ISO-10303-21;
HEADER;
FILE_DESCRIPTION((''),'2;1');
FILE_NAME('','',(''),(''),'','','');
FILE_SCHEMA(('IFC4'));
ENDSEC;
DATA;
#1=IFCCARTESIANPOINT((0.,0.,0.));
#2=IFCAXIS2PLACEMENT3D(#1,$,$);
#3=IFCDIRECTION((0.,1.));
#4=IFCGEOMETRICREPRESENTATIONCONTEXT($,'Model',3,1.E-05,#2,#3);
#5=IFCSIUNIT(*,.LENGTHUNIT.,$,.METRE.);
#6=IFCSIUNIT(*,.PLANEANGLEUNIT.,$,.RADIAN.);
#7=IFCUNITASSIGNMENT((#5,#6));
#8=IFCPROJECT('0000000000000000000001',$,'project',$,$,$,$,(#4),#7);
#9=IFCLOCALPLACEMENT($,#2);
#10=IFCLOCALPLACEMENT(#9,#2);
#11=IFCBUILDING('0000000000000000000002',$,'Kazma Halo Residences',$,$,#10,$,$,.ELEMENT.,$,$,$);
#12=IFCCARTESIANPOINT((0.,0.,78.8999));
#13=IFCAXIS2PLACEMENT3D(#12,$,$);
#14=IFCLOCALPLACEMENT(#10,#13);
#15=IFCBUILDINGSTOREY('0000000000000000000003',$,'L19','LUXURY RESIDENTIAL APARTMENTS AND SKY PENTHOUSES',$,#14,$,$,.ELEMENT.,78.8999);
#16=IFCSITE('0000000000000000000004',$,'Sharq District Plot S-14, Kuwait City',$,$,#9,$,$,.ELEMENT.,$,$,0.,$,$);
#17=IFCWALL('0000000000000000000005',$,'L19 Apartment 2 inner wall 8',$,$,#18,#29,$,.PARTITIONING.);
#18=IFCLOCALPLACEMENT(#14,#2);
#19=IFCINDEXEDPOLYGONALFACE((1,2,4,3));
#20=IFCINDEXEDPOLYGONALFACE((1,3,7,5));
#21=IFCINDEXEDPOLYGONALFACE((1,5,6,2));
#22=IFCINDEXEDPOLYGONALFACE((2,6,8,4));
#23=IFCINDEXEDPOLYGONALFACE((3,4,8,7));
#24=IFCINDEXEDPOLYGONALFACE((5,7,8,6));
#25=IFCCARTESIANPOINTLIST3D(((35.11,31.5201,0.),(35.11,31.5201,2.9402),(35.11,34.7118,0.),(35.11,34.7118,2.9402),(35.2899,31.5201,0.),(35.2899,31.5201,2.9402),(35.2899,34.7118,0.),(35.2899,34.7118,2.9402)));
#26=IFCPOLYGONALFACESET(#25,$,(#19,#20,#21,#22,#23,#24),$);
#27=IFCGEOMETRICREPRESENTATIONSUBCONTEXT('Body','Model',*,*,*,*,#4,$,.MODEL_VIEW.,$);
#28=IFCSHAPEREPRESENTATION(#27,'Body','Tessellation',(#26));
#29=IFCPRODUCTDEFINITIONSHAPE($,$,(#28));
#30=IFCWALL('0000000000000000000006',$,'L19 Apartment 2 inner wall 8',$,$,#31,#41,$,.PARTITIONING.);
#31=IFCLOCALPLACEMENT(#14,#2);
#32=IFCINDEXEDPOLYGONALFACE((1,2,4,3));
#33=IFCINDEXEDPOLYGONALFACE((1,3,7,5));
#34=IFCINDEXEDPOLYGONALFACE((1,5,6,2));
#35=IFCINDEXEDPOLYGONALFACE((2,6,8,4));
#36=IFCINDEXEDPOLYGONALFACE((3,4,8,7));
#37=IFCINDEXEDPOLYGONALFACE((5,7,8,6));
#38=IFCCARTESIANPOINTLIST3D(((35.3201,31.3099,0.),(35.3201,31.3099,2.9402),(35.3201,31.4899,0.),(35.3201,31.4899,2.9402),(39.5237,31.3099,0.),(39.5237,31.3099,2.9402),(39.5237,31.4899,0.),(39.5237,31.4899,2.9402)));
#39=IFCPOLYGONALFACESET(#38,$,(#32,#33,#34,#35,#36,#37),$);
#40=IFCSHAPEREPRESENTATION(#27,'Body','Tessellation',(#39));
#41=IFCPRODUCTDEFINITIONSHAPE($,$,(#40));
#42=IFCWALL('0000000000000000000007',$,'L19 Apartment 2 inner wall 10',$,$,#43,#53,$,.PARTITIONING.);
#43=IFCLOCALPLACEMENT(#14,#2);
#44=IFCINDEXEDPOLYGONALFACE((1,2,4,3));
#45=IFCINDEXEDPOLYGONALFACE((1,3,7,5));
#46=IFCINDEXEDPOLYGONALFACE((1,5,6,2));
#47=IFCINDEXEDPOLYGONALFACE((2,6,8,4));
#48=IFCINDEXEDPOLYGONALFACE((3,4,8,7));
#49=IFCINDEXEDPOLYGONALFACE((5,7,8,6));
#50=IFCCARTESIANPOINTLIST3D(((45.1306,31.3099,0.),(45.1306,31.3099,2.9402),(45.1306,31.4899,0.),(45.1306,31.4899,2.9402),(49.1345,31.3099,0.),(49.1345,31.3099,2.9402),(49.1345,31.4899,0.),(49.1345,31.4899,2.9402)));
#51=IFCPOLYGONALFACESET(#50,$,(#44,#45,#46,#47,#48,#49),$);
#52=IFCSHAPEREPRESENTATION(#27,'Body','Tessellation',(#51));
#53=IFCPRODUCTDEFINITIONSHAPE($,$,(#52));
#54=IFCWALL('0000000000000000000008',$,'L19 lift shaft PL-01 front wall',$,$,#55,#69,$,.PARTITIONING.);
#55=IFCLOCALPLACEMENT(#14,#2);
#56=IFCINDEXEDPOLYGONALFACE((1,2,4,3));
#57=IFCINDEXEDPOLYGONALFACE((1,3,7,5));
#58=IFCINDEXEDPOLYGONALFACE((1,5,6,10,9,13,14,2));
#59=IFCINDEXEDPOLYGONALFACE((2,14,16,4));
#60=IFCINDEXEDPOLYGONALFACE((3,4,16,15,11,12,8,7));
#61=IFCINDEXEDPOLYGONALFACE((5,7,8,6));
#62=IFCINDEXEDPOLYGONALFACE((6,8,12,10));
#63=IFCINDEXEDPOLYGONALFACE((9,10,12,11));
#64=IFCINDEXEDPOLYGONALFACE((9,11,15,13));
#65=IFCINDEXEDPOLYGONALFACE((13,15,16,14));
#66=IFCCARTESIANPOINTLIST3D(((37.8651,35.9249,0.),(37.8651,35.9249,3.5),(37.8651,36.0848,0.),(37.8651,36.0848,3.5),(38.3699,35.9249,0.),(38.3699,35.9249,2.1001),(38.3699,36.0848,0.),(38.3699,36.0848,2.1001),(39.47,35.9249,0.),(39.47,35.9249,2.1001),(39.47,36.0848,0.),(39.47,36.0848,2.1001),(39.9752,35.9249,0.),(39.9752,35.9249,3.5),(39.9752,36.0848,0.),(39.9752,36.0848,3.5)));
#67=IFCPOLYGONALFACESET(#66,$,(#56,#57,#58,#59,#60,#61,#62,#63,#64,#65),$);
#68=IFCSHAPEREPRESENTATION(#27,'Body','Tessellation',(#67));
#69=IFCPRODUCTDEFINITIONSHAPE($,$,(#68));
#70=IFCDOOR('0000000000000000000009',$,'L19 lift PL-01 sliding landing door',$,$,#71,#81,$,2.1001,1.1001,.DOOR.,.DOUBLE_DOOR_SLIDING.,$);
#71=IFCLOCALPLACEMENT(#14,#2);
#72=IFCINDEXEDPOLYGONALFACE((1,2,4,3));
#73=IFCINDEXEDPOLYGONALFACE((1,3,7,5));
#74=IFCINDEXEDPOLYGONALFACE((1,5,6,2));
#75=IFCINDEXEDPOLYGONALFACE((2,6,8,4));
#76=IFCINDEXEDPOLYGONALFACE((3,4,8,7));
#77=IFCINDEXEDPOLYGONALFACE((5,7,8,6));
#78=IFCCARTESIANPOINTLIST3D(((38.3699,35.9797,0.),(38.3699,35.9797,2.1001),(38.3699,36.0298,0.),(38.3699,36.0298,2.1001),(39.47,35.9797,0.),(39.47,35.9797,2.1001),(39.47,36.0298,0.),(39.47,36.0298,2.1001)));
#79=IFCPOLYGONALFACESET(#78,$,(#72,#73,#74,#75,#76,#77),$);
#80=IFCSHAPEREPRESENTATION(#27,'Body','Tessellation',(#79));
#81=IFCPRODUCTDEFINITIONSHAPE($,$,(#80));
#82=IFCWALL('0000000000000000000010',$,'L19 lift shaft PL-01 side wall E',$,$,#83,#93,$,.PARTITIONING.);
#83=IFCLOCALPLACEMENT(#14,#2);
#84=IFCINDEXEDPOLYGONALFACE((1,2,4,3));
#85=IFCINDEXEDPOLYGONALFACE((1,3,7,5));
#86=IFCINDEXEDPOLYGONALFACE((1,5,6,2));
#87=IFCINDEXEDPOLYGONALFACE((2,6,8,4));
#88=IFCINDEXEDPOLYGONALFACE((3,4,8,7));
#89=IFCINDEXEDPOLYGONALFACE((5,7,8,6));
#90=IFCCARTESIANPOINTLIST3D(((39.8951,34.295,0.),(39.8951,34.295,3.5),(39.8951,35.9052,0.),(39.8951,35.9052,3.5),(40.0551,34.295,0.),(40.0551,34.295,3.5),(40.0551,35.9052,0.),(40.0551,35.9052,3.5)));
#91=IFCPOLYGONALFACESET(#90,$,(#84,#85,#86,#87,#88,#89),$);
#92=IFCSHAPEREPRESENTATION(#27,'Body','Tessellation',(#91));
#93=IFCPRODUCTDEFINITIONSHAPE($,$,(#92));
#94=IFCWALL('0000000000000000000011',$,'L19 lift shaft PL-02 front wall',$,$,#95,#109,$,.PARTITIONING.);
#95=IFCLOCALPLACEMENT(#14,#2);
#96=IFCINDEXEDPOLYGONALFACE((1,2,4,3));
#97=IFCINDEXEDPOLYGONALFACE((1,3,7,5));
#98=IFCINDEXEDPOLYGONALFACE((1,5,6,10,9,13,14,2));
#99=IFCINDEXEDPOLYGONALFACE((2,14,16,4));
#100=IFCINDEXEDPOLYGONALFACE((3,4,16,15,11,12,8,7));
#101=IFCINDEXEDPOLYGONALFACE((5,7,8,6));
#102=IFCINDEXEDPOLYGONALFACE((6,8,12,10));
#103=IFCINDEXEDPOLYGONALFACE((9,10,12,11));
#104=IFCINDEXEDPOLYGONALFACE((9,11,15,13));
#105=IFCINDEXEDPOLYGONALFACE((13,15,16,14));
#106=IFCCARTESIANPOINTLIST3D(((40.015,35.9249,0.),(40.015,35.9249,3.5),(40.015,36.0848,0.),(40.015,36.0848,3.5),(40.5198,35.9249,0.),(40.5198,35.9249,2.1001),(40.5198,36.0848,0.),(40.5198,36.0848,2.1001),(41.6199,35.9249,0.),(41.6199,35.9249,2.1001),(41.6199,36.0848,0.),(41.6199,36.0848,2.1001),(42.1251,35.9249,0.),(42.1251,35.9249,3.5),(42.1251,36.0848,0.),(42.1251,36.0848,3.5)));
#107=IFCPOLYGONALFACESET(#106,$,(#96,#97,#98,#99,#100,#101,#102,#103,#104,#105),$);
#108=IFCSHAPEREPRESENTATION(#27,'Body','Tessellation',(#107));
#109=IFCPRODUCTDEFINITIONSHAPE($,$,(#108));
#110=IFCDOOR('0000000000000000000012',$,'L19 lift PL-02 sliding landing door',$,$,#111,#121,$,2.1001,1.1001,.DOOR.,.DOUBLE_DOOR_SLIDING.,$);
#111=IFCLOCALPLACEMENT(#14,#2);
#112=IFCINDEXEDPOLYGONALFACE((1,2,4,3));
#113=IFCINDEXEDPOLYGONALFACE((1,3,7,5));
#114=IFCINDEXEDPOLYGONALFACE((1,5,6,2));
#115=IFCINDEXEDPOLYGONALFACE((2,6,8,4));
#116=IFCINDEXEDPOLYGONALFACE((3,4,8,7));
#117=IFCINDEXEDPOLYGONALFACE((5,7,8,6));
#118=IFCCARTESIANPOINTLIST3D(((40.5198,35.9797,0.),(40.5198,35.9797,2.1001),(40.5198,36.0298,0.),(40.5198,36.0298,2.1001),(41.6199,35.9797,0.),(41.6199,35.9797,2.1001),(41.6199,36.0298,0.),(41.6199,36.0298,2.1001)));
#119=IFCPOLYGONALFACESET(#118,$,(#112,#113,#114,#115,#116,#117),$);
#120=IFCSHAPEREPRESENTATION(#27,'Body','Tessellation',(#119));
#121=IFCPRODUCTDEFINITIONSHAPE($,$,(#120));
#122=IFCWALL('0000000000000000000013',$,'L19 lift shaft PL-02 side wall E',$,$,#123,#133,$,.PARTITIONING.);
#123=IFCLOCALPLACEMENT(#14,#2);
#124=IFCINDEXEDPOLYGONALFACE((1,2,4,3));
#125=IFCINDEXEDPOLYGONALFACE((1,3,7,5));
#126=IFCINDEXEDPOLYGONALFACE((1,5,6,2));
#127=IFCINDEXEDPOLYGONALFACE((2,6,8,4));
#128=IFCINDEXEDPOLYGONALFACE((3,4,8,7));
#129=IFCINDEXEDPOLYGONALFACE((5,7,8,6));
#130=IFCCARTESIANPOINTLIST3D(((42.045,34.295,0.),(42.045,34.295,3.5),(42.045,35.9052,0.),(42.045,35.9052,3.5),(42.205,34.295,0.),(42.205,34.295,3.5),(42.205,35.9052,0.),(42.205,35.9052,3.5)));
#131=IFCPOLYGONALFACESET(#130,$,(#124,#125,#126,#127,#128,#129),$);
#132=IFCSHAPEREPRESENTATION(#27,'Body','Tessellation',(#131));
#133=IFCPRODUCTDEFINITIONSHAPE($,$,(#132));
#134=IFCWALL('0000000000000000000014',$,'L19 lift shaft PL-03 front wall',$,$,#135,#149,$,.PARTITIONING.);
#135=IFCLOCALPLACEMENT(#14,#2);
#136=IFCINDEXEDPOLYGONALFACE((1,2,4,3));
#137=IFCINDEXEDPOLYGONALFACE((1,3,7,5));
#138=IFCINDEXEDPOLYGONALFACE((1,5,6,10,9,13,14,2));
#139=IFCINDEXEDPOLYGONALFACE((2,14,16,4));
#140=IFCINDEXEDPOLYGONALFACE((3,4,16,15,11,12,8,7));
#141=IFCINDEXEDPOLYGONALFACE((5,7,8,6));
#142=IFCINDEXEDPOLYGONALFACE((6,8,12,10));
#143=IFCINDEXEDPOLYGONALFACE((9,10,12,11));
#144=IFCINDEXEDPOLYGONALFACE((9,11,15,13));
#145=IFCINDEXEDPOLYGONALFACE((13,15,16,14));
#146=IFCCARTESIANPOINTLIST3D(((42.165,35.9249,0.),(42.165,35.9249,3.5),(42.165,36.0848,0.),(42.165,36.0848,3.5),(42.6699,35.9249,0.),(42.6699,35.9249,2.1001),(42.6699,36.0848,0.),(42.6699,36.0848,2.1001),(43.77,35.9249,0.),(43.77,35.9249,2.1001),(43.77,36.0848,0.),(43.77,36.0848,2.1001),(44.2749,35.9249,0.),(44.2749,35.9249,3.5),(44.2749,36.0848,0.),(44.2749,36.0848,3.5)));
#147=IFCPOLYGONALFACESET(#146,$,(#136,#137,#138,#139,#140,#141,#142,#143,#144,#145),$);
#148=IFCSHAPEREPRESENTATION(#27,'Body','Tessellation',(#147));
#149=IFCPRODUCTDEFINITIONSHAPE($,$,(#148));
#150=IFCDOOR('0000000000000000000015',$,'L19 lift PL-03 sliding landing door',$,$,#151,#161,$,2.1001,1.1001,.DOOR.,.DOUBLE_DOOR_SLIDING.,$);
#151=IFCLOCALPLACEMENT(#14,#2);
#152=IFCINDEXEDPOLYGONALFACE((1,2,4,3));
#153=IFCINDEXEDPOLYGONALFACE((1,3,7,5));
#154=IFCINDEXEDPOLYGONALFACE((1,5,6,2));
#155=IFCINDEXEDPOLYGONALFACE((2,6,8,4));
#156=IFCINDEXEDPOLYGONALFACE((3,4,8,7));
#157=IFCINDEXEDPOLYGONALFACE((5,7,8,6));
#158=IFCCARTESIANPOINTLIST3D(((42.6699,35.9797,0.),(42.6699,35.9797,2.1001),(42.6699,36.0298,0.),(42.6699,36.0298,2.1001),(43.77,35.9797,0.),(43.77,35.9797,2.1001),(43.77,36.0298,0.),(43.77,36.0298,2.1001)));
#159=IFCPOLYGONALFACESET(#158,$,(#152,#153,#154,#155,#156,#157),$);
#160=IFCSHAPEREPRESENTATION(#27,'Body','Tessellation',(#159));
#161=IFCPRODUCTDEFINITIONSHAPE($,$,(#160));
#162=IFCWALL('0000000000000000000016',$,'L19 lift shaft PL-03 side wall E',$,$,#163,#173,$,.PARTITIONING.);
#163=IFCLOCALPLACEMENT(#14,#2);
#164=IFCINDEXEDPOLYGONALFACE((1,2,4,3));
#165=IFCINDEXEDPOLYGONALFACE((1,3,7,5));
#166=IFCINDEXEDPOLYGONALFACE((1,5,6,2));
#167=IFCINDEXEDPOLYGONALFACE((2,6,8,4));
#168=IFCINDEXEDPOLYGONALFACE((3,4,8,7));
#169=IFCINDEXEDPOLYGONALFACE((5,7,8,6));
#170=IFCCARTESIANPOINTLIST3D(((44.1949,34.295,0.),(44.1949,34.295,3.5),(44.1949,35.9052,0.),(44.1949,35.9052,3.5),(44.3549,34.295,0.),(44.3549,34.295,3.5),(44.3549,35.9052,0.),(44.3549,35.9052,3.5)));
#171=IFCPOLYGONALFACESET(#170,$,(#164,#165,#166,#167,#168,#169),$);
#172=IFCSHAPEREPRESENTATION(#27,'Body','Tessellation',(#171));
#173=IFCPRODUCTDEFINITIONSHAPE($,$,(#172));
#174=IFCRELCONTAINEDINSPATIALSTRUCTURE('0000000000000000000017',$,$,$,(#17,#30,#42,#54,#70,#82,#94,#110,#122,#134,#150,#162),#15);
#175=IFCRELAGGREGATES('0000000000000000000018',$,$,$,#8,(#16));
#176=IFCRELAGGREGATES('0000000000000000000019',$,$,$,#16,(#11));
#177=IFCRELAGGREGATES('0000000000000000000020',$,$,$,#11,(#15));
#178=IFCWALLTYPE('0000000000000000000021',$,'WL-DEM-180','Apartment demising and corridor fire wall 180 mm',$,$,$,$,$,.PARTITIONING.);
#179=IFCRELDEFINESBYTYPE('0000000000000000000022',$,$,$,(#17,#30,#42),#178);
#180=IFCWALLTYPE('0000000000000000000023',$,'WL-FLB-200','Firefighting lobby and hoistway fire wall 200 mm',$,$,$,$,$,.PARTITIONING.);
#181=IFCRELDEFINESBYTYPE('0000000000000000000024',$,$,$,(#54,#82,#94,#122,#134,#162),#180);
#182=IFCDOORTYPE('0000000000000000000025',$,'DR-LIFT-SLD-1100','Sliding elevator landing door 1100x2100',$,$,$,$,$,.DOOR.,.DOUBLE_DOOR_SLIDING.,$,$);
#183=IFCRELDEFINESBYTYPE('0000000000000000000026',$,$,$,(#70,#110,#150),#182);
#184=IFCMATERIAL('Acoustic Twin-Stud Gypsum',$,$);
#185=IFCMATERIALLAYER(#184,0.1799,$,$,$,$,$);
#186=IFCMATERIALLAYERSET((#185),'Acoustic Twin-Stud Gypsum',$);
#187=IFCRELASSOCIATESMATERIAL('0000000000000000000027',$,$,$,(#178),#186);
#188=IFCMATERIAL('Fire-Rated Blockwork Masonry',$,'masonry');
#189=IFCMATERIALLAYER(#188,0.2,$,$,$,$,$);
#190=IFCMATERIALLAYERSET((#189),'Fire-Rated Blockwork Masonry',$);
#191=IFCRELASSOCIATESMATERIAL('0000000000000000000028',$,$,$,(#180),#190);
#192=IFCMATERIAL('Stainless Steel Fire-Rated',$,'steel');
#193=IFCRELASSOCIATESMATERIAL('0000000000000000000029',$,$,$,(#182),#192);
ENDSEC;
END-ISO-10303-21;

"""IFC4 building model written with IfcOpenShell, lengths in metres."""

from ifc_helpers import new_model, si_unit, direction, frame, frame_2d, origin, place, context, subcontext, project, spatial, rectangle, extrude, material, layer, layer_set, type_object, element, fill, save


model = new_model("IFC4")

# Units and contexts
model_context = context("Model", 3, precision=1e-05, world=origin(), true_north=direction((0.0, 1.0)))
body_context = subcontext(model_context, "Body", "Model", "MODEL_VIEW")
ifc_project = project(units=[si_unit("LENGTHUNIT", "METRE"), si_unit("PLANEANGLEUNIT", "RADIAN")], contexts=[model_context])

# Site, building, storey
site_placement = place(None, origin())
site = spatial("IfcSite", under=ifc_project, at=site_placement, Name="Sharq District Plot S-14, Kuwait City", CompositionType="ELEMENT", RefElevation=0.0)
building_placement = place(site_placement, origin())
building = spatial("IfcBuilding", under=site, at=building_placement, Name="Kazma Halo Residences", CompositionType="ELEMENT")
storey_placement = place(building_placement, frame((0.0, 0.0, 78.8999)))
storey = spatial("IfcBuildingStorey", under=building, at=storey_placement, Name="L19", Description="LUXURY RESIDENTIAL APARTMENTS AND SKY PENTHOUSES", CompositionType="ELEMENT", Elevation=78.8999)

# Shared definitions
ifc_material_1 = material(Name="Acoustic Twin-Stud Gypsum")
ifc_layer_1 = layer(ifc_material_1, 0.1799)
ifc_layer_set_1 = layer_set([ifc_layer_1], Name="Acoustic Twin-Stud Gypsum")
wall_type_1 = type_object("IfcWallType", Name="WL-DEM-180", Description="Apartment demising and corridor fire wall 180 mm", PredefinedType="PARTITIONING", material=ifc_layer_set_1)

# Walls
wall_1_placement = place(storey_placement, frame((35.2, 34.7117, 0.0), z_axis=(0.0, 0.0, 1.0), x_axis=(0.0, -1.0, 0.0)))
element("IfcWall", 1, at=wall_1_placement, inside=storey, type_object=wall_type_1, Name="L19 Apartment 2 inner wall 8", PredefinedType="PARTITIONING", context=body_context, shape_type="SweptSolid", body=[
    extrude(rectangle(XDim=3.1917, YDim=0.1799, at=frame_2d((1.5957, 0.0))), origin(), (0.0, 0.0, 1.0), 2.9402),
])
wall_2_placement = place(storey_placement, frame((35.3201, 31.3999, 0.0), z_axis=(0.0, 0.0, 1.0), x_axis=(1.0, 0.0, 0.0)))
element("IfcWall", 2, at=wall_2_placement, inside=storey, type_object=wall_type_1, Name="L19 Apartment 2 inner wall 8", PredefinedType="PARTITIONING", context=body_context, shape_type="SweptSolid", body=[
    extrude(rectangle(XDim=4.2036, YDim=0.1799, at=frame_2d((2.1018, 0.0))), origin(), (0.0, 0.0, 1.0), 2.9402),
])
wall_3_placement = place(storey_placement, frame((45.1306, 31.3999, 0.0), z_axis=(0.0, 0.0, 1.0), x_axis=(1.0, 0.0, 0.0)))
element("IfcWall", 3, at=wall_3_placement, inside=storey, type_object=wall_type_1, Name="L19 Apartment 2 inner wall 10", PredefinedType="PARTITIONING", context=body_context, shape_type="SweptSolid", body=[
    extrude(rectangle(XDim=4.0039, YDim=0.1799, at=frame_2d((2.002, 0.0))), origin(), (0.0, 0.0, 1.0), 2.9402),
])

# Wall, opening, door
ifc_material_2 = material(Name="Fire-Rated Blockwork Masonry", Category="masonry")
ifc_layer_2 = layer(ifc_material_2, 0.2)
ifc_layer_set_2 = layer_set([ifc_layer_2], Name="Fire-Rated Blockwork Masonry")
wall_type_2 = type_object("IfcWallType", Name="WL-FLB-200", Description="Firefighting lobby and hoistway fire wall 200 mm", PredefinedType="PARTITIONING", material=ifc_layer_set_2)
wall_4_placement = place(storey_placement, frame((37.865, 36.0049, 0.0), z_axis=(0.0, 0.0, 1.0), x_axis=(1.0, 0.0, 0.0)))
wall_4 = element("IfcWall", 4, at=wall_4_placement, inside=storey, type_object=wall_type_2, Name="L19 lift shaft PL-01 front wall", PredefinedType="PARTITIONING", context=body_context, shape_type="SweptSolid", body=[
    extrude(rectangle(XDim=2.1101, YDim=0.1599, at=frame_2d((1.0552, 0.0))), origin(), (0.0, 0.0, 1.0), 3.5),
])
opening_1_placement = place(wall_4_placement, frame((0.5049, 0.0, 0.0)))
opening_1 = element("IfcOpeningElement", 5, at=opening_1_placement, cuts=wall_4, PredefinedType="OPENING", context=body_context, shape_type="SweptSolid", body=[
    extrude(rectangle(XDim=1.1001, YDim=2.1001, at=frame_2d((0.55, 1.05))), frame((0.0, 0.0898, 0.0), z_axis=(0.0, -1.0, 0.0), x_axis=(1.0, 0.0, 0.0)), (0.0, 0.0, 1.0), 0.1799),
])
ifc_material_3 = material(Name="Stainless Steel Fire-Rated", Category="steel")
door_type_1 = type_object("IfcDoorType", Name="DR-LIFT-SLD-1100", Description="Sliding elevator landing door 1100x2100", OperationType="DOUBLE_DOOR_SLIDING", PredefinedType="DOOR", material=ifc_material_3)
door_1_placement = place(opening_1_placement, origin())
door_1 = element("IfcDoor", 6, at=door_1_placement, inside=storey, type_object=door_type_1, Name="L19 lift PL-01 sliding landing door", OperationType="DOUBLE_DOOR_SLIDING", OverallHeight=2.1001, OverallWidth=1.1001, PredefinedType="DOOR", context=body_context, shape_type="SweptSolid", body=[
    extrude(rectangle(XDim=1.1001, YDim=2.1001, at=frame_2d((0.55, 1.05))), frame((0.0, 0.0249, 0.0), z_axis=(0.0, -1.0, 0.0), x_axis=(1.0, 0.0, 0.0)), (0.0, 0.0, 1.0), 0.05),
])
fill(opening_1, door_1)

# Wall
wall_5_placement = place(storey_placement, frame((39.9751, 34.2949, 0.0), z_axis=(0.0, 0.0, 1.0), x_axis=(0.0, 1.0, 0.0)))
element("IfcWall", 7, at=wall_5_placement, inside=storey, type_object=wall_type_2, Name="L19 lift shaft PL-01 side wall E", PredefinedType="PARTITIONING", context=body_context, shape_type="SweptSolid", body=[
    extrude(rectangle(XDim=1.6101, YDim=0.1599, at=frame_2d((0.8052, 0.0))), origin(), (0.0, 0.0, 1.0), 3.5),
])

# Wall, opening, door
wall_6_placement = place(storey_placement, frame((40.0149, 36.0049, 0.0), z_axis=(0.0, 0.0, 1.0), x_axis=(1.0, 0.0, 0.0)))
wall_6 = element("IfcWall", 8, at=wall_6_placement, inside=storey, type_object=wall_type_2, Name="L19 lift shaft PL-02 front wall", PredefinedType="PARTITIONING", context=body_context, shape_type="SweptSolid", body=[
    extrude(rectangle(XDim=2.1101, YDim=0.1599, at=frame_2d((1.0552, 0.0))), origin(), (0.0, 0.0, 1.0), 3.5),
])
opening_2_placement = place(wall_6_placement, frame((0.5049, 0.0, 0.0)))
opening_2 = element("IfcOpeningElement", 9, at=opening_2_placement, cuts=wall_6, PredefinedType="OPENING", context=body_context, shape_type="SweptSolid", body=[
    extrude(rectangle(XDim=1.1001, YDim=2.1001, at=frame_2d((0.55, 1.05))), frame((0.0, 0.0898, 0.0), z_axis=(0.0, -1.0, 0.0), x_axis=(1.0, 0.0, 0.0)), (0.0, 0.0, 1.0), 0.1799),
])
door_2_placement = place(opening_2_placement, origin())
door_2 = element("IfcDoor", 10, at=door_2_placement, inside=storey, type_object=door_type_1, Name="L19 lift PL-02 sliding landing door", OperationType="DOUBLE_DOOR_SLIDING", OverallHeight=2.1001, OverallWidth=1.1001, PredefinedType="DOOR", context=body_context, shape_type="SweptSolid", body=[
    extrude(rectangle(XDim=1.1001, YDim=2.1001, at=frame_2d((0.55, 1.05))), frame((0.0, 0.0249, 0.0), z_axis=(0.0, -1.0, 0.0), x_axis=(1.0, 0.0, 0.0)), (0.0, 0.0, 1.0), 0.05),
])
fill(opening_2, door_2)

# Wall
wall_7_placement = place(storey_placement, frame((42.125, 34.2949, 0.0), z_axis=(0.0, 0.0, 1.0), x_axis=(0.0, 1.0, 0.0)))
element("IfcWall", 11, at=wall_7_placement, inside=storey, type_object=wall_type_2, Name="L19 lift shaft PL-02 side wall E", PredefinedType="PARTITIONING", context=body_context, shape_type="SweptSolid", body=[
    extrude(rectangle(XDim=1.6101, YDim=0.1599, at=frame_2d((0.8052, 0.0))), origin(), (0.0, 0.0, 1.0), 3.5),
])

# Wall, opening, door
wall_8_placement = place(storey_placement, frame((42.165, 36.0049, 0.0), z_axis=(0.0, 0.0, 1.0), x_axis=(1.0, 0.0, 0.0)))
wall_8 = element("IfcWall", 12, at=wall_8_placement, inside=storey, type_object=wall_type_2, Name="L19 lift shaft PL-03 front wall", PredefinedType="PARTITIONING", context=body_context, shape_type="SweptSolid", body=[
    extrude(rectangle(XDim=2.1099, YDim=0.1599, at=frame_2d((1.0549, 0.0))), origin(), (0.0, 0.0, 1.0), 3.5),
])
opening_3_placement = place(wall_8_placement, frame((0.5049, 0.0, 0.0)))
opening_3 = element("IfcOpeningElement", 13, at=opening_3_placement, cuts=wall_8, PredefinedType="OPENING", context=body_context, shape_type="SweptSolid", body=[
    extrude(rectangle(XDim=1.1001, YDim=2.1001, at=frame_2d((0.55, 1.05))), frame((0.0, 0.0898, 0.0), z_axis=(0.0, -1.0, 0.0), x_axis=(1.0, 0.0, 0.0)), (0.0, 0.0, 1.0), 0.1799),
])
door_3_placement = place(opening_3_placement, origin())
door_3 = element("IfcDoor", 14, at=door_3_placement, inside=storey, type_object=door_type_1, Name="L19 lift PL-03 sliding landing door", OperationType="DOUBLE_DOOR_SLIDING", OverallHeight=2.1001, OverallWidth=1.1001, PredefinedType="DOOR", context=body_context, shape_type="SweptSolid", body=[
    extrude(rectangle(XDim=1.1001, YDim=2.1001, at=frame_2d((0.55, 1.05))), frame((0.0, 0.0249, 0.0), z_axis=(0.0, -1.0, 0.0), x_axis=(1.0, 0.0, 0.0)), (0.0, 0.0, 1.0), 0.05),
])
fill(opening_3, door_3)

# Wall
wall_9_placement = place(storey_placement, frame((44.2749, 34.2949, 0.0), z_axis=(0.0, 0.0, 1.0), x_axis=(0.0, 1.0, 0.0)))
element("IfcWall", 15, at=wall_9_placement, inside=storey, type_object=wall_type_2, Name="L19 lift shaft PL-03 side wall E", PredefinedType="PARTITIONING", context=body_context, shape_type="SweptSolid", body=[
    extrude(rectangle(XDim=1.6101, YDim=0.1599, at=frame_2d((0.8052, 0.0))), origin(), (0.0, 0.0, 1.0), 3.5),
])

save(model, "model.ifc")
